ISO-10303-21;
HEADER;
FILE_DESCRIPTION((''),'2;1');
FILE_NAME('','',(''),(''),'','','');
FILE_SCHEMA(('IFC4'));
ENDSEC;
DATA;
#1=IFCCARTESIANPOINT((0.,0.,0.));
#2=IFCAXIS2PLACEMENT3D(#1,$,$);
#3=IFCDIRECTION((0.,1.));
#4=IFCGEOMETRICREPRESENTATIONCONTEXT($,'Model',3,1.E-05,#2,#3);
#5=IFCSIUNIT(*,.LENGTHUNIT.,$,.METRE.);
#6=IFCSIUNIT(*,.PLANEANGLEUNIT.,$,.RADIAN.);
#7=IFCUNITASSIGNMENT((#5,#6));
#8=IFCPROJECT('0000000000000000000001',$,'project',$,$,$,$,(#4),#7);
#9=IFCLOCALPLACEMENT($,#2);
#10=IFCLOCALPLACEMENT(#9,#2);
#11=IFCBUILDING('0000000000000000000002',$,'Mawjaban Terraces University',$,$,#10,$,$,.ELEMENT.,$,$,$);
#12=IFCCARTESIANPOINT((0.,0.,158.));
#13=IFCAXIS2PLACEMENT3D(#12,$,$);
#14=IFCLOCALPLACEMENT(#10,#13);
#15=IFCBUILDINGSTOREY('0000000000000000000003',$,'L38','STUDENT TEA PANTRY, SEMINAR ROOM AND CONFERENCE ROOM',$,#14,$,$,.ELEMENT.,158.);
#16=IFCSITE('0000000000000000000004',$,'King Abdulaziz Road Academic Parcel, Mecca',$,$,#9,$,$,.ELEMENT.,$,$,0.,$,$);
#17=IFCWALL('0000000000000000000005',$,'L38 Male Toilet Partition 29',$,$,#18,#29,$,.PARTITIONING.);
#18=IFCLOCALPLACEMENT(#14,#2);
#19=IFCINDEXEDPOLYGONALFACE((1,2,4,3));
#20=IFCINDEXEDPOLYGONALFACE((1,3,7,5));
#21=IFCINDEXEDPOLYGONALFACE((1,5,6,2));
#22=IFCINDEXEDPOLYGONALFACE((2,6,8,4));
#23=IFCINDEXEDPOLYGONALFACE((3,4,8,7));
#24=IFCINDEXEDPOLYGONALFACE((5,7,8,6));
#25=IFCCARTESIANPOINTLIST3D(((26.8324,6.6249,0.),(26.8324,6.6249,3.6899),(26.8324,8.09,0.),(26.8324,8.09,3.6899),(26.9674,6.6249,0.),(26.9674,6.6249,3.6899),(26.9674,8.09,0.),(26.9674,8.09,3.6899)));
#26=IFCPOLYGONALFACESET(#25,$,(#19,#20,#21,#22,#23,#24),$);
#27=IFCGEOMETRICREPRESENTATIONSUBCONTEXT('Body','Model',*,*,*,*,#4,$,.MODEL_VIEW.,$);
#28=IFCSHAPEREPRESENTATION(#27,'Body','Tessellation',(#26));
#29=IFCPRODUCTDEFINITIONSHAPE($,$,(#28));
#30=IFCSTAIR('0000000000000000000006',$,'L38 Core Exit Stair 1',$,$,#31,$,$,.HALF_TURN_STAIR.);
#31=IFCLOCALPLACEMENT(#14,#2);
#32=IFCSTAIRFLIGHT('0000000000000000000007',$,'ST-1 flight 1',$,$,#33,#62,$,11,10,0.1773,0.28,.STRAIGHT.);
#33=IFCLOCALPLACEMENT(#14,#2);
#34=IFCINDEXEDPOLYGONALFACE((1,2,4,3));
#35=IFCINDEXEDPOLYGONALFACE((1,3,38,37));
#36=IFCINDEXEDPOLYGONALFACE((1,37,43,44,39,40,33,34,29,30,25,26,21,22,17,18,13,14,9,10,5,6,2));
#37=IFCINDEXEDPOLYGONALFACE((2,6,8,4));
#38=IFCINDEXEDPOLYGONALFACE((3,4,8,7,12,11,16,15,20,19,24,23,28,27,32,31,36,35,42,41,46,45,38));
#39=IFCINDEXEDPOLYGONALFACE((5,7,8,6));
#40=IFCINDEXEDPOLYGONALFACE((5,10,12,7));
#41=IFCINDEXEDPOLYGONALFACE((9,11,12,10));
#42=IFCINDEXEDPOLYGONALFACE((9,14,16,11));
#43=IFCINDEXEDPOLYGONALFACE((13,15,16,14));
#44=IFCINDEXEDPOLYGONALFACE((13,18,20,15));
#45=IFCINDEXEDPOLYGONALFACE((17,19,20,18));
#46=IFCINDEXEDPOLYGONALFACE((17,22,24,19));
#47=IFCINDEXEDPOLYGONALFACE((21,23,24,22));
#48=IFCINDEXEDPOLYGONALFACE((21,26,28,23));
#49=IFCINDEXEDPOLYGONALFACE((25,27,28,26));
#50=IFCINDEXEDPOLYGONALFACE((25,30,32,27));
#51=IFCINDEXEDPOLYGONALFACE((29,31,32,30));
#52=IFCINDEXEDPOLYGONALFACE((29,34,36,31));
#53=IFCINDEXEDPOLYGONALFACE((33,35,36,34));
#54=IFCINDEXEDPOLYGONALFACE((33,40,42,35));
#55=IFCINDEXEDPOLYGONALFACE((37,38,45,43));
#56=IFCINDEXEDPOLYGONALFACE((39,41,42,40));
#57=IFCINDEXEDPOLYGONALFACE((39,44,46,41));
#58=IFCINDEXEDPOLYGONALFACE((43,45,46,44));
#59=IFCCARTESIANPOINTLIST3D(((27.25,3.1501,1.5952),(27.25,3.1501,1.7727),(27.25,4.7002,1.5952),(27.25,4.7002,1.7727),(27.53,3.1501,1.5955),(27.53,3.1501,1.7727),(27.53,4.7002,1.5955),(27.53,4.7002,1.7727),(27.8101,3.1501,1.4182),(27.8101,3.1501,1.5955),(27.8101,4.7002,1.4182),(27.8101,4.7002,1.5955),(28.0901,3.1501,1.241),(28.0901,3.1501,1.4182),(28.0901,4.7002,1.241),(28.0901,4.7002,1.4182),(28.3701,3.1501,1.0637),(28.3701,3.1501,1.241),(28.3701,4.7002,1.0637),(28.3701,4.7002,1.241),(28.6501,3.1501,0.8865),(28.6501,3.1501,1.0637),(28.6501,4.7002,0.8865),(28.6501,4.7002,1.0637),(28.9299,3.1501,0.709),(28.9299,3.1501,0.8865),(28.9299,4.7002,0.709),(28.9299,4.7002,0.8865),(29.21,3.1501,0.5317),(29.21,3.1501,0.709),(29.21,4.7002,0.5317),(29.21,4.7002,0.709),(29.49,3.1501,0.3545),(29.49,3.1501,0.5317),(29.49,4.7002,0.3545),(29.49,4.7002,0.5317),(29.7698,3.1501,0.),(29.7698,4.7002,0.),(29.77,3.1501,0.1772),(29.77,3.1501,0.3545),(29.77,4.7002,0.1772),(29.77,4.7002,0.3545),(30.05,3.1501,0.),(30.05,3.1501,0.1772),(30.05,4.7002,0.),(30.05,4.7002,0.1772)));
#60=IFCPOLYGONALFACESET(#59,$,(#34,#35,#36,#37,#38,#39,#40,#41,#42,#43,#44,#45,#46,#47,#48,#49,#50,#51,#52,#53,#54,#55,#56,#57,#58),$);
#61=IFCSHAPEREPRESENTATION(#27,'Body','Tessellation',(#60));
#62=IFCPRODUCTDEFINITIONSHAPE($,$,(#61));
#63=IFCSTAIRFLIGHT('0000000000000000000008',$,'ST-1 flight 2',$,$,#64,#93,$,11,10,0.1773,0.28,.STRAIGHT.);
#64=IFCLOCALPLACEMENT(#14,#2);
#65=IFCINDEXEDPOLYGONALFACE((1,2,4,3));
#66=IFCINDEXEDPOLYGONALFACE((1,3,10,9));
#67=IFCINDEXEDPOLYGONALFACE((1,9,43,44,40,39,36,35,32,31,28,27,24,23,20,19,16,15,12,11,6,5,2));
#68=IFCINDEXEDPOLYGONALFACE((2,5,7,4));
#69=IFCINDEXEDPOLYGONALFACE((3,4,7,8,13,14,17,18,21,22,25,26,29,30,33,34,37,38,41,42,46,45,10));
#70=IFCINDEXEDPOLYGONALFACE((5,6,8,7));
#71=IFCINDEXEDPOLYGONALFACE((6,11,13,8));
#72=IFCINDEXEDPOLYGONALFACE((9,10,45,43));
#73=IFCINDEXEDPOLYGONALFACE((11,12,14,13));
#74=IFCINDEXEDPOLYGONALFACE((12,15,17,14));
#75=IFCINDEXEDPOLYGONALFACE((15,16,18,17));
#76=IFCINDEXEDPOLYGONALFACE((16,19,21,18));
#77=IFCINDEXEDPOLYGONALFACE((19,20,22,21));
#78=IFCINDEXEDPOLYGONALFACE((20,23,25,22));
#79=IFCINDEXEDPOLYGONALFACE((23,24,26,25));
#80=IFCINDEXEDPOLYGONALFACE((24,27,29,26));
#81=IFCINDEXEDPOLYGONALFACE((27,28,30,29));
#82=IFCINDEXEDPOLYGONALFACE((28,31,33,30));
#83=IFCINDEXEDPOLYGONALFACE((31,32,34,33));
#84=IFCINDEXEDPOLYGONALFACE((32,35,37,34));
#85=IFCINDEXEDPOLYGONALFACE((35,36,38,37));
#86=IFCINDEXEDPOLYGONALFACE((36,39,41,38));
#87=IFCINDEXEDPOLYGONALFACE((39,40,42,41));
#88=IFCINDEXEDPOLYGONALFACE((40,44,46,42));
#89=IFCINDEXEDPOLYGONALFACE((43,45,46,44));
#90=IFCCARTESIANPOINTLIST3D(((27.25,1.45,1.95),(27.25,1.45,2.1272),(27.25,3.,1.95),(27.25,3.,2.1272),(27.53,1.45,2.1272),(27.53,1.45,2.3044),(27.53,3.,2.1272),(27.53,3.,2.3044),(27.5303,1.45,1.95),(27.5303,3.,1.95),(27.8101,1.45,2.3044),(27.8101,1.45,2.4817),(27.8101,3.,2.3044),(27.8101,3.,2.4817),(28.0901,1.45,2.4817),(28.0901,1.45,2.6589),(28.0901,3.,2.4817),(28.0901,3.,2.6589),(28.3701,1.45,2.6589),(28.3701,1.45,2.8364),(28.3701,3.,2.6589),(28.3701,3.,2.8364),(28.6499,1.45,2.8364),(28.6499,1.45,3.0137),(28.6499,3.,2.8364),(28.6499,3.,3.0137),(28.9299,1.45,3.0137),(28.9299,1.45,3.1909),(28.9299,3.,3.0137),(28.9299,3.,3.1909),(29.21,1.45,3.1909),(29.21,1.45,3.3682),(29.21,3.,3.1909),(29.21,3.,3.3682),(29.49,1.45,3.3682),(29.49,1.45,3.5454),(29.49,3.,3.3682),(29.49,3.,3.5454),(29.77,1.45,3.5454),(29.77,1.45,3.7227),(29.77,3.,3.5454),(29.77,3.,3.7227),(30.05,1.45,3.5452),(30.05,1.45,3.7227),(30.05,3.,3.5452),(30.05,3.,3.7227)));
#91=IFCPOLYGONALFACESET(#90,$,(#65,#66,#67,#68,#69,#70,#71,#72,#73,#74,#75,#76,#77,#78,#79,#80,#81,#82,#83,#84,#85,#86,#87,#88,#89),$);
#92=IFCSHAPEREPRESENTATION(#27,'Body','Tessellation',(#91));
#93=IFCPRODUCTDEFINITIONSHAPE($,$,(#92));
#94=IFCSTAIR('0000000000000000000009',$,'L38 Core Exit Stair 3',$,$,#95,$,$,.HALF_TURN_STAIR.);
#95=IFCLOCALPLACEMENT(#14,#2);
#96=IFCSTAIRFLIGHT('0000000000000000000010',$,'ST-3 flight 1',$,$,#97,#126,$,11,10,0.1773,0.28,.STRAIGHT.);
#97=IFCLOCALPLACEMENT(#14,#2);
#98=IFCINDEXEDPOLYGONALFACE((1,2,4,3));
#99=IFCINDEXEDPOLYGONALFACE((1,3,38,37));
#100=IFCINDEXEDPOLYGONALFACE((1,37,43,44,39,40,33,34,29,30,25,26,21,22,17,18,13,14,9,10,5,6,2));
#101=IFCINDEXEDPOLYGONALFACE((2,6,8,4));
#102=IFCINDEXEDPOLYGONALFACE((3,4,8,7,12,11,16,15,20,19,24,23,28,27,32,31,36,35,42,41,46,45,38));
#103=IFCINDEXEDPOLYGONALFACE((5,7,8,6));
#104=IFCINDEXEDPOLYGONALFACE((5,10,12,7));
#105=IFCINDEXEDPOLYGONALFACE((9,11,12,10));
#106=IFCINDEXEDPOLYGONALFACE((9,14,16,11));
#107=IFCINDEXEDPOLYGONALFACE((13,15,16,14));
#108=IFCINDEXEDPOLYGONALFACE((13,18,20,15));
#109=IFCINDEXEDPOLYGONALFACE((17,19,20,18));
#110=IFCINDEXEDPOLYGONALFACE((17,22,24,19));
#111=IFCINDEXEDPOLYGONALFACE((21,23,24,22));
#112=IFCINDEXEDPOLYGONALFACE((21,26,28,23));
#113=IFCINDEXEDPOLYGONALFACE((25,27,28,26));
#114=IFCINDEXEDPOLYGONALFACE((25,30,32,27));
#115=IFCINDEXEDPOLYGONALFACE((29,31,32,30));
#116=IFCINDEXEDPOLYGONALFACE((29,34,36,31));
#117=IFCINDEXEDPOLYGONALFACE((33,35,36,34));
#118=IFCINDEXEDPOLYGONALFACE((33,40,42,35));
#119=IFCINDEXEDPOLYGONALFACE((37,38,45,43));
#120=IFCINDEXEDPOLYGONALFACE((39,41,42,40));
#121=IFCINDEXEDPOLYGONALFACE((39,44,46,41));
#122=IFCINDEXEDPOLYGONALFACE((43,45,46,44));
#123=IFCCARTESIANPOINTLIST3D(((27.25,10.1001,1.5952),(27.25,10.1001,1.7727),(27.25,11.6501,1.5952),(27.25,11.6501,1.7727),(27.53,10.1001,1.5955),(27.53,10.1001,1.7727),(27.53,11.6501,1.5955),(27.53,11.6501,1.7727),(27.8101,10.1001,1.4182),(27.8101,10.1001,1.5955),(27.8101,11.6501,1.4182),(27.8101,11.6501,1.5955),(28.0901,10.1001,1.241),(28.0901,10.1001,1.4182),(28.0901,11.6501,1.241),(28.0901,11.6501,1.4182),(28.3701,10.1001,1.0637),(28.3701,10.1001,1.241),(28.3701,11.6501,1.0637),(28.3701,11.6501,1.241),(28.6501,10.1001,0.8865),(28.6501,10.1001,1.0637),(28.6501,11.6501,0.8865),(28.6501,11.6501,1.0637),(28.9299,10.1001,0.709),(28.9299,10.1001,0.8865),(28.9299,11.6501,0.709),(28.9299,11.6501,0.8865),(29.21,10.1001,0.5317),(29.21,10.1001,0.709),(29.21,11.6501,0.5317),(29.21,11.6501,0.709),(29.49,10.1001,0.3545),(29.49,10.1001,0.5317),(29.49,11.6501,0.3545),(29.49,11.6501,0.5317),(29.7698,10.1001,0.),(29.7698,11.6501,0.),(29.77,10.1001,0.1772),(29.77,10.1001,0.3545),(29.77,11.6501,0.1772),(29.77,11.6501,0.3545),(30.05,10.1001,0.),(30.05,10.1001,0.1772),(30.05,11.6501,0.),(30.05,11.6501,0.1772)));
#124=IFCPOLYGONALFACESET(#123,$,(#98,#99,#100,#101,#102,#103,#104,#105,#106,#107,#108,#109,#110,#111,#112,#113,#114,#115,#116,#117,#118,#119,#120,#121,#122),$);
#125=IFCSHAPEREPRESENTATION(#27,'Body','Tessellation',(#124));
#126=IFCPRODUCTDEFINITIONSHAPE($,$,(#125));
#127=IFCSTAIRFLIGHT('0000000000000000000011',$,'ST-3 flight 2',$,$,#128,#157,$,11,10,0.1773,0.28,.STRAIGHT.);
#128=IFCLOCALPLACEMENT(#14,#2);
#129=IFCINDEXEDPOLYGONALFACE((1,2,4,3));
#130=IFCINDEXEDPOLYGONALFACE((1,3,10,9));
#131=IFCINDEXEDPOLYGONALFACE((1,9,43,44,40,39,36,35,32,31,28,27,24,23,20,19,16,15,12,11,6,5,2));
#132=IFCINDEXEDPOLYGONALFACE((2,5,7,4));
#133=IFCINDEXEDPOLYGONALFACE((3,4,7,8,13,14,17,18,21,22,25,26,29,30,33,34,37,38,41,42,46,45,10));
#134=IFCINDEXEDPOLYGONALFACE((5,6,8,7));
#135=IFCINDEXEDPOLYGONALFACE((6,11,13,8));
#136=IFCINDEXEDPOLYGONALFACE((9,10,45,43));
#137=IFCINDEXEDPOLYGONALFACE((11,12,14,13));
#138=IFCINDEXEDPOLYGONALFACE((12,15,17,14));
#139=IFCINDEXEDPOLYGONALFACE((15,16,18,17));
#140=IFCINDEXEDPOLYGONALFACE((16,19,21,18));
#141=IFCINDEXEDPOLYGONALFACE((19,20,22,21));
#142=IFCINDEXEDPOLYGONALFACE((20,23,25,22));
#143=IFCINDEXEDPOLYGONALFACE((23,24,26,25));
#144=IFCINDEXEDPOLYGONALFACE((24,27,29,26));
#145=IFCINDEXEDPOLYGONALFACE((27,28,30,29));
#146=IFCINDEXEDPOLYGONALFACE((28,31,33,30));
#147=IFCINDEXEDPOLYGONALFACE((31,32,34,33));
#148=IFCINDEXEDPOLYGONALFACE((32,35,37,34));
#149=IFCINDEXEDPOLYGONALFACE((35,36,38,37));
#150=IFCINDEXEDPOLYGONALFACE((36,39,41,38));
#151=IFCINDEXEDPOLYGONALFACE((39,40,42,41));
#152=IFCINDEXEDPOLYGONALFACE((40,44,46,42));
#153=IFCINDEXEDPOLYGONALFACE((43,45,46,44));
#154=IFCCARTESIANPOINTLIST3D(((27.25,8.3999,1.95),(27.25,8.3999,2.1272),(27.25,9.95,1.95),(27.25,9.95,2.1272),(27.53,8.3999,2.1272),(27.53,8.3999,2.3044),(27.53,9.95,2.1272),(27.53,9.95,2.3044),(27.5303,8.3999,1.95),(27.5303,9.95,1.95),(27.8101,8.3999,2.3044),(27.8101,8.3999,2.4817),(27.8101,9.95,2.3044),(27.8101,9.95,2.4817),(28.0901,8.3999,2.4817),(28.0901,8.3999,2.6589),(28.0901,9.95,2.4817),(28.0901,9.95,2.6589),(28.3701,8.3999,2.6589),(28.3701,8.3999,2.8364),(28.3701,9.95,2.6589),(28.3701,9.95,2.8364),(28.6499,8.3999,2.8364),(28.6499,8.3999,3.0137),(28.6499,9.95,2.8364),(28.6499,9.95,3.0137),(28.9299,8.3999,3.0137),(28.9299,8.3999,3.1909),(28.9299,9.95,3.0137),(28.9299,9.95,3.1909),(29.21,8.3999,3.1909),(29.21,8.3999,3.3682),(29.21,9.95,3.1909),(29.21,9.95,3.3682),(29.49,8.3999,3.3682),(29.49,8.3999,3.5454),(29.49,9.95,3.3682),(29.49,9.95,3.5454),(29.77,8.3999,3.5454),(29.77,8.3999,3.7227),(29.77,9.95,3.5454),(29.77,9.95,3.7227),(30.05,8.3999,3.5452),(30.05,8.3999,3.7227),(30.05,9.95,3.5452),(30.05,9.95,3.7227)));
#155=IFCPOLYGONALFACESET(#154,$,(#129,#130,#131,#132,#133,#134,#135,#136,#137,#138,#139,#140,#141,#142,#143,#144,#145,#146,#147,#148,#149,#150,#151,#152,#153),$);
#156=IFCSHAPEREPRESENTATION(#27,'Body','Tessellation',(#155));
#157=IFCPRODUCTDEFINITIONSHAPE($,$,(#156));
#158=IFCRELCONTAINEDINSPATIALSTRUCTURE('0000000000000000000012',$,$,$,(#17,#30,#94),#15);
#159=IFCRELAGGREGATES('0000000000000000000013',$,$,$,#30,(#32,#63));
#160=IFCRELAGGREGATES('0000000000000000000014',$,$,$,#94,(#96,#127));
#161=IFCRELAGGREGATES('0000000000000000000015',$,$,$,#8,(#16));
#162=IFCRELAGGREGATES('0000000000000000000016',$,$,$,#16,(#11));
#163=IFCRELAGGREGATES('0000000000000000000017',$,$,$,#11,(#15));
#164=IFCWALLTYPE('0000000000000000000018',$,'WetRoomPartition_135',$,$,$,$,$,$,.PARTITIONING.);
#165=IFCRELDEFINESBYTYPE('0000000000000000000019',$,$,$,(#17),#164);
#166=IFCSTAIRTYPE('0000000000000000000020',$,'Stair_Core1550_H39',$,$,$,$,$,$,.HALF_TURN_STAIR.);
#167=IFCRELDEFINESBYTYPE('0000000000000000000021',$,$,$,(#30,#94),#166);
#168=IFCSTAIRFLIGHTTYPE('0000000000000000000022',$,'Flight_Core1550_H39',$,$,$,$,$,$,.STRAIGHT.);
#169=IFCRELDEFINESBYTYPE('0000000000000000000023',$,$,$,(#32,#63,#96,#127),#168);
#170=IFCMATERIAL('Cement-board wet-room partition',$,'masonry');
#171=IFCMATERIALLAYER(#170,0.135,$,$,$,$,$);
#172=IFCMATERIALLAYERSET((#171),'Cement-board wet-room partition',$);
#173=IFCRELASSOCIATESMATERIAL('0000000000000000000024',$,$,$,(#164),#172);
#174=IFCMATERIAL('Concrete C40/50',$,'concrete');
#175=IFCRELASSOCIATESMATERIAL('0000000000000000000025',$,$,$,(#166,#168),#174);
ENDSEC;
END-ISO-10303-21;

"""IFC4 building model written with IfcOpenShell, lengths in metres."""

from ifc_helpers import new_model, si_unit, direction, frame, frame_2d, origin, place, context, subcontext, project, spatial, polyline, rectangle, outline, extrude, material, layer, layer_set, type_object, element, aggregate, save


model = new_model("IFC4")

# Units and contexts
model_context = context("Model", 3, precision=1e-05, world=origin(), true_north=direction((0.0, 1.0)))
body_context = subcontext(model_context, "Body", "Model", "MODEL_VIEW")
ifc_project = project(units=[si_unit("LENGTHUNIT", "METRE"), si_unit("PLANEANGLEUNIT", "RADIAN")], contexts=[model_context])

# Site, building, storey
site_placement = place(None, origin())
site = spatial("IfcSite", under=ifc_project, at=site_placement, Name="King Abdulaziz Road Academic Parcel, Mecca", CompositionType="ELEMENT", RefElevation=0.0)
building_placement = place(site_placement, origin())
building = spatial("IfcBuilding", under=site, at=building_placement, Name="Mawjaban Terraces University", CompositionType="ELEMENT")
storey_placement = place(building_placement, frame((0.0, 0.0, 158.0)))
storey = spatial("IfcBuildingStorey", under=building, at=storey_placement, Name="L38", Description="STUDENT TEA PANTRY, SEMINAR ROOM AND CONFERENCE ROOM", CompositionType="ELEMENT", Elevation=158.0)

# Wall
ifc_material_1 = material(Name="Cement-board wet-room partition", Category="masonry")
ifc_layer_1 = layer(ifc_material_1, 0.135)
ifc_layer_set_1 = layer_set([ifc_layer_1], Name="Cement-board wet-room partition")
wall_type_1 = type_object("IfcWallType", Name="WetRoomPartition_135", PredefinedType="PARTITIONING", material=ifc_layer_set_1)
wall_1_placement = place(storey_placement, frame((26.8999, 6.625, 0.0), z_axis=(0.0, 0.0, 1.0), x_axis=(0.0, 1.0, 0.0)))
element("IfcWall", 1, at=wall_1_placement, inside=storey, type_object=wall_type_1, Name="L38 Male Toilet Partition 29", PredefinedType="PARTITIONING", context=body_context, shape_type="SweptSolid", body=[
    extrude(rectangle(XDim=1.4651, YDim=0.135, at=frame_2d((0.7324, 0.0))), origin(), (0.0, 0.0, 1.0), 3.6899),
])

# Stairs, stair flights
ifc_material_2 = material(Name="Concrete C40/50", Category="concrete")
stair_type = type_object("IfcStairType", Name="Stair_Core1550_H39", PredefinedType="HALF_TURN_STAIR", material=ifc_material_2)
stair_1_placement = place(storey_placement, origin())
stair_1 = element("IfcStair", 2, at=stair_1_placement, inside=storey, type_object=stair_type, Name="L38 Core Exit Stair 1", PredefinedType="HALF_TURN_STAIR")
stair_flight_type = type_object("IfcStairFlightType", Name="Flight_Core1550_H39", PredefinedType="STRAIGHT", material=ifc_material_2)
stair_flight_1_placement = place(storey_placement, frame((30.05, 3.925, 0.0), z_axis=(0.0, 0.0, 1.0), x_axis=(-1.0, 0.0, 0.0)))
stair_flight_1 = element("IfcStairFlight", 3, at=stair_flight_1_placement, type_object=stair_flight_type, Name="ST-1 flight 1", NumberOfRisers=11, NumberOfTreads=10, PredefinedType="STRAIGHT", RiserHeight=0.1773, TreadLength=0.28, context=body_context, shape_type="SweptSolid", body=[
    extrude(outline(polyline([(0.0, 0.0), (0.0, 0.1772), (0.28, 0.1772), (0.28, 0.3545), (0.5601, 0.3545), (0.5601, 0.5317), (0.8401, 0.5317), (0.8401, 0.709), (1.1201, 0.709), (1.1201, 0.8865), (1.3999, 0.8865), (1.3999, 1.0637), (1.6799, 1.0637), (1.6799, 1.241), (1.96, 1.241), (1.96, 1.4182), (2.24, 1.4182), (2.24, 1.5955), (2.52, 1.5955), (2.52, 1.7727), (2.8, 1.7727), (2.8, 1.95), (2.8, 1.5952), (0.2803, 0.0), (0.0, 0.0)])), frame((0.0, 0.7749, 0.0), z_axis=(0.0, -1.0, 0.0), x_axis=(1.0, 0.0, 0.0)), (0.0, 0.0, 1.0), 1.55),
])
stair_flight_2_placement = place(storey_placement, frame((27.25, 2.2251, 1.95), z_axis=(0.0, 0.0, 1.0), x_axis=(1.0, 0.0, 0.0)))
stair_flight_2 = element("IfcStairFlight", 4, at=stair_flight_2_placement, type_object=stair_flight_type, Name="ST-1 flight 2", NumberOfRisers=11, NumberOfTreads=10, PredefinedType="STRAIGHT", RiserHeight=0.1773, TreadLength=0.28, context=body_context, shape_type="SweptSolid", body=[
    extrude(outline(polyline([(0.0, 0.0), (0.0, 0.1772), (0.28, 0.1772), (0.28, 0.3545), (0.5601, 0.3545), (0.5601, 0.5317), (0.8401, 0.5317), (0.8401, 0.709), (1.1201, 0.709), (1.1201, 0.8865), (1.3999, 0.8865), (1.3999, 1.0637), (1.6799, 1.0637), (1.6799, 1.241), (1.96, 1.241), (1.96, 1.4182), (2.24, 1.4182), (2.24, 1.5955), (2.52, 1.5955), (2.52, 1.7727), (2.8, 1.7727), (2.8, 1.95), (2.8, 1.5952), (0.2803, 0.0), (0.0, 0.0)])), frame((0.0, 0.7749, 0.0), z_axis=(0.0, -1.0, 0.0), x_axis=(1.0, 0.0, 0.0)), (0.0, 0.0, 1.0), 1.55),
])
aggregate(stair_1, [stair_flight_1, stair_flight_2])
stair_2_placement = place(storey_placement, origin())
stair_2 = element("IfcStair", 5, at=stair_2_placement, inside=storey, type_object=stair_type, Name="L38 Core Exit Stair 3", PredefinedType="HALF_TURN_STAIR")
stair_flight_3_placement = place(storey_placement, frame((30.05, 10.875, 0.0), z_axis=(0.0, 0.0, 1.0), x_axis=(-1.0, 0.0, 0.0)))
stair_flight_3 = element("IfcStairFlight", 6, at=stair_flight_3_placement, type_object=stair_flight_type, Name="ST-3 flight 1", NumberOfRisers=11, NumberOfTreads=10, PredefinedType="STRAIGHT", RiserHeight=0.1773, TreadLength=0.28, context=body_context, shape_type="SweptSolid", body=[
    extrude(outline(polyline([(0.0, 0.0), (0.0, 0.1772), (0.28, 0.1772), (0.28, 0.3545), (0.5601, 0.3545), (0.5601, 0.5317), (0.8401, 0.5317), (0.8401, 0.709), (1.1201, 0.709), (1.1201, 0.8865), (1.3999, 0.8865), (1.3999, 1.0637), (1.6799, 1.0637), (1.6799, 1.241), (1.96, 1.241), (1.96, 1.4182), (2.24, 1.4182), (2.24, 1.5955), (2.52, 1.5955), (2.52, 1.7727), (2.8, 1.7727), (2.8, 1.95), (2.8, 1.5952), (0.2803, 0.0), (0.0, 0.0)])), frame((0.0, 0.7749, 0.0), z_axis=(0.0, -1.0, 0.0), x_axis=(1.0, 0.0, 0.0)), (0.0, 0.0, 1.0), 1.55),
])
stair_flight_4_placement = place(storey_placement, frame((27.25, 9.175, 1.95), z_axis=(0.0, 0.0, 1.0), x_axis=(1.0, 0.0, 0.0)))
stair_flight_4 = element("IfcStairFlight", 7, at=stair_flight_4_placement, type_object=stair_flight_type, Name="ST-3 flight 2", NumberOfRisers=11, NumberOfTreads=10, PredefinedType="STRAIGHT", RiserHeight=0.1773, TreadLength=0.28, context=body_context, shape_type="SweptSolid", body=[
    extrude(outline(polyline([(0.0, 0.0), (0.0, 0.1772), (0.28, 0.1772), (0.28, 0.3545), (0.5601, 0.3545), (0.5601, 0.5317), (0.8401, 0.5317), (0.8401, 0.709), (1.1201, 0.709), (1.1201, 0.8865), (1.3999, 0.8865), (1.3999, 1.0637), (1.6799, 1.0637), (1.6799, 1.241), (1.96, 1.241), (1.96, 1.4182), (2.24, 1.4182), (2.24, 1.5955), (2.52, 1.5955), (2.52, 1.7727), (2.8, 1.7727), (2.8, 1.95), (2.8, 1.5952), (0.2803, 0.0), (0.0, 0.0)])), frame((0.0, 0.7749, 0.0), z_axis=(0.0, -1.0, 0.0), x_axis=(1.0, 0.0, 0.0)), (0.0, 0.0, 1.0), 1.55),
])
aggregate(stair_2, [stair_flight_3, stair_flight_4])

save(model, "model.ifc")
